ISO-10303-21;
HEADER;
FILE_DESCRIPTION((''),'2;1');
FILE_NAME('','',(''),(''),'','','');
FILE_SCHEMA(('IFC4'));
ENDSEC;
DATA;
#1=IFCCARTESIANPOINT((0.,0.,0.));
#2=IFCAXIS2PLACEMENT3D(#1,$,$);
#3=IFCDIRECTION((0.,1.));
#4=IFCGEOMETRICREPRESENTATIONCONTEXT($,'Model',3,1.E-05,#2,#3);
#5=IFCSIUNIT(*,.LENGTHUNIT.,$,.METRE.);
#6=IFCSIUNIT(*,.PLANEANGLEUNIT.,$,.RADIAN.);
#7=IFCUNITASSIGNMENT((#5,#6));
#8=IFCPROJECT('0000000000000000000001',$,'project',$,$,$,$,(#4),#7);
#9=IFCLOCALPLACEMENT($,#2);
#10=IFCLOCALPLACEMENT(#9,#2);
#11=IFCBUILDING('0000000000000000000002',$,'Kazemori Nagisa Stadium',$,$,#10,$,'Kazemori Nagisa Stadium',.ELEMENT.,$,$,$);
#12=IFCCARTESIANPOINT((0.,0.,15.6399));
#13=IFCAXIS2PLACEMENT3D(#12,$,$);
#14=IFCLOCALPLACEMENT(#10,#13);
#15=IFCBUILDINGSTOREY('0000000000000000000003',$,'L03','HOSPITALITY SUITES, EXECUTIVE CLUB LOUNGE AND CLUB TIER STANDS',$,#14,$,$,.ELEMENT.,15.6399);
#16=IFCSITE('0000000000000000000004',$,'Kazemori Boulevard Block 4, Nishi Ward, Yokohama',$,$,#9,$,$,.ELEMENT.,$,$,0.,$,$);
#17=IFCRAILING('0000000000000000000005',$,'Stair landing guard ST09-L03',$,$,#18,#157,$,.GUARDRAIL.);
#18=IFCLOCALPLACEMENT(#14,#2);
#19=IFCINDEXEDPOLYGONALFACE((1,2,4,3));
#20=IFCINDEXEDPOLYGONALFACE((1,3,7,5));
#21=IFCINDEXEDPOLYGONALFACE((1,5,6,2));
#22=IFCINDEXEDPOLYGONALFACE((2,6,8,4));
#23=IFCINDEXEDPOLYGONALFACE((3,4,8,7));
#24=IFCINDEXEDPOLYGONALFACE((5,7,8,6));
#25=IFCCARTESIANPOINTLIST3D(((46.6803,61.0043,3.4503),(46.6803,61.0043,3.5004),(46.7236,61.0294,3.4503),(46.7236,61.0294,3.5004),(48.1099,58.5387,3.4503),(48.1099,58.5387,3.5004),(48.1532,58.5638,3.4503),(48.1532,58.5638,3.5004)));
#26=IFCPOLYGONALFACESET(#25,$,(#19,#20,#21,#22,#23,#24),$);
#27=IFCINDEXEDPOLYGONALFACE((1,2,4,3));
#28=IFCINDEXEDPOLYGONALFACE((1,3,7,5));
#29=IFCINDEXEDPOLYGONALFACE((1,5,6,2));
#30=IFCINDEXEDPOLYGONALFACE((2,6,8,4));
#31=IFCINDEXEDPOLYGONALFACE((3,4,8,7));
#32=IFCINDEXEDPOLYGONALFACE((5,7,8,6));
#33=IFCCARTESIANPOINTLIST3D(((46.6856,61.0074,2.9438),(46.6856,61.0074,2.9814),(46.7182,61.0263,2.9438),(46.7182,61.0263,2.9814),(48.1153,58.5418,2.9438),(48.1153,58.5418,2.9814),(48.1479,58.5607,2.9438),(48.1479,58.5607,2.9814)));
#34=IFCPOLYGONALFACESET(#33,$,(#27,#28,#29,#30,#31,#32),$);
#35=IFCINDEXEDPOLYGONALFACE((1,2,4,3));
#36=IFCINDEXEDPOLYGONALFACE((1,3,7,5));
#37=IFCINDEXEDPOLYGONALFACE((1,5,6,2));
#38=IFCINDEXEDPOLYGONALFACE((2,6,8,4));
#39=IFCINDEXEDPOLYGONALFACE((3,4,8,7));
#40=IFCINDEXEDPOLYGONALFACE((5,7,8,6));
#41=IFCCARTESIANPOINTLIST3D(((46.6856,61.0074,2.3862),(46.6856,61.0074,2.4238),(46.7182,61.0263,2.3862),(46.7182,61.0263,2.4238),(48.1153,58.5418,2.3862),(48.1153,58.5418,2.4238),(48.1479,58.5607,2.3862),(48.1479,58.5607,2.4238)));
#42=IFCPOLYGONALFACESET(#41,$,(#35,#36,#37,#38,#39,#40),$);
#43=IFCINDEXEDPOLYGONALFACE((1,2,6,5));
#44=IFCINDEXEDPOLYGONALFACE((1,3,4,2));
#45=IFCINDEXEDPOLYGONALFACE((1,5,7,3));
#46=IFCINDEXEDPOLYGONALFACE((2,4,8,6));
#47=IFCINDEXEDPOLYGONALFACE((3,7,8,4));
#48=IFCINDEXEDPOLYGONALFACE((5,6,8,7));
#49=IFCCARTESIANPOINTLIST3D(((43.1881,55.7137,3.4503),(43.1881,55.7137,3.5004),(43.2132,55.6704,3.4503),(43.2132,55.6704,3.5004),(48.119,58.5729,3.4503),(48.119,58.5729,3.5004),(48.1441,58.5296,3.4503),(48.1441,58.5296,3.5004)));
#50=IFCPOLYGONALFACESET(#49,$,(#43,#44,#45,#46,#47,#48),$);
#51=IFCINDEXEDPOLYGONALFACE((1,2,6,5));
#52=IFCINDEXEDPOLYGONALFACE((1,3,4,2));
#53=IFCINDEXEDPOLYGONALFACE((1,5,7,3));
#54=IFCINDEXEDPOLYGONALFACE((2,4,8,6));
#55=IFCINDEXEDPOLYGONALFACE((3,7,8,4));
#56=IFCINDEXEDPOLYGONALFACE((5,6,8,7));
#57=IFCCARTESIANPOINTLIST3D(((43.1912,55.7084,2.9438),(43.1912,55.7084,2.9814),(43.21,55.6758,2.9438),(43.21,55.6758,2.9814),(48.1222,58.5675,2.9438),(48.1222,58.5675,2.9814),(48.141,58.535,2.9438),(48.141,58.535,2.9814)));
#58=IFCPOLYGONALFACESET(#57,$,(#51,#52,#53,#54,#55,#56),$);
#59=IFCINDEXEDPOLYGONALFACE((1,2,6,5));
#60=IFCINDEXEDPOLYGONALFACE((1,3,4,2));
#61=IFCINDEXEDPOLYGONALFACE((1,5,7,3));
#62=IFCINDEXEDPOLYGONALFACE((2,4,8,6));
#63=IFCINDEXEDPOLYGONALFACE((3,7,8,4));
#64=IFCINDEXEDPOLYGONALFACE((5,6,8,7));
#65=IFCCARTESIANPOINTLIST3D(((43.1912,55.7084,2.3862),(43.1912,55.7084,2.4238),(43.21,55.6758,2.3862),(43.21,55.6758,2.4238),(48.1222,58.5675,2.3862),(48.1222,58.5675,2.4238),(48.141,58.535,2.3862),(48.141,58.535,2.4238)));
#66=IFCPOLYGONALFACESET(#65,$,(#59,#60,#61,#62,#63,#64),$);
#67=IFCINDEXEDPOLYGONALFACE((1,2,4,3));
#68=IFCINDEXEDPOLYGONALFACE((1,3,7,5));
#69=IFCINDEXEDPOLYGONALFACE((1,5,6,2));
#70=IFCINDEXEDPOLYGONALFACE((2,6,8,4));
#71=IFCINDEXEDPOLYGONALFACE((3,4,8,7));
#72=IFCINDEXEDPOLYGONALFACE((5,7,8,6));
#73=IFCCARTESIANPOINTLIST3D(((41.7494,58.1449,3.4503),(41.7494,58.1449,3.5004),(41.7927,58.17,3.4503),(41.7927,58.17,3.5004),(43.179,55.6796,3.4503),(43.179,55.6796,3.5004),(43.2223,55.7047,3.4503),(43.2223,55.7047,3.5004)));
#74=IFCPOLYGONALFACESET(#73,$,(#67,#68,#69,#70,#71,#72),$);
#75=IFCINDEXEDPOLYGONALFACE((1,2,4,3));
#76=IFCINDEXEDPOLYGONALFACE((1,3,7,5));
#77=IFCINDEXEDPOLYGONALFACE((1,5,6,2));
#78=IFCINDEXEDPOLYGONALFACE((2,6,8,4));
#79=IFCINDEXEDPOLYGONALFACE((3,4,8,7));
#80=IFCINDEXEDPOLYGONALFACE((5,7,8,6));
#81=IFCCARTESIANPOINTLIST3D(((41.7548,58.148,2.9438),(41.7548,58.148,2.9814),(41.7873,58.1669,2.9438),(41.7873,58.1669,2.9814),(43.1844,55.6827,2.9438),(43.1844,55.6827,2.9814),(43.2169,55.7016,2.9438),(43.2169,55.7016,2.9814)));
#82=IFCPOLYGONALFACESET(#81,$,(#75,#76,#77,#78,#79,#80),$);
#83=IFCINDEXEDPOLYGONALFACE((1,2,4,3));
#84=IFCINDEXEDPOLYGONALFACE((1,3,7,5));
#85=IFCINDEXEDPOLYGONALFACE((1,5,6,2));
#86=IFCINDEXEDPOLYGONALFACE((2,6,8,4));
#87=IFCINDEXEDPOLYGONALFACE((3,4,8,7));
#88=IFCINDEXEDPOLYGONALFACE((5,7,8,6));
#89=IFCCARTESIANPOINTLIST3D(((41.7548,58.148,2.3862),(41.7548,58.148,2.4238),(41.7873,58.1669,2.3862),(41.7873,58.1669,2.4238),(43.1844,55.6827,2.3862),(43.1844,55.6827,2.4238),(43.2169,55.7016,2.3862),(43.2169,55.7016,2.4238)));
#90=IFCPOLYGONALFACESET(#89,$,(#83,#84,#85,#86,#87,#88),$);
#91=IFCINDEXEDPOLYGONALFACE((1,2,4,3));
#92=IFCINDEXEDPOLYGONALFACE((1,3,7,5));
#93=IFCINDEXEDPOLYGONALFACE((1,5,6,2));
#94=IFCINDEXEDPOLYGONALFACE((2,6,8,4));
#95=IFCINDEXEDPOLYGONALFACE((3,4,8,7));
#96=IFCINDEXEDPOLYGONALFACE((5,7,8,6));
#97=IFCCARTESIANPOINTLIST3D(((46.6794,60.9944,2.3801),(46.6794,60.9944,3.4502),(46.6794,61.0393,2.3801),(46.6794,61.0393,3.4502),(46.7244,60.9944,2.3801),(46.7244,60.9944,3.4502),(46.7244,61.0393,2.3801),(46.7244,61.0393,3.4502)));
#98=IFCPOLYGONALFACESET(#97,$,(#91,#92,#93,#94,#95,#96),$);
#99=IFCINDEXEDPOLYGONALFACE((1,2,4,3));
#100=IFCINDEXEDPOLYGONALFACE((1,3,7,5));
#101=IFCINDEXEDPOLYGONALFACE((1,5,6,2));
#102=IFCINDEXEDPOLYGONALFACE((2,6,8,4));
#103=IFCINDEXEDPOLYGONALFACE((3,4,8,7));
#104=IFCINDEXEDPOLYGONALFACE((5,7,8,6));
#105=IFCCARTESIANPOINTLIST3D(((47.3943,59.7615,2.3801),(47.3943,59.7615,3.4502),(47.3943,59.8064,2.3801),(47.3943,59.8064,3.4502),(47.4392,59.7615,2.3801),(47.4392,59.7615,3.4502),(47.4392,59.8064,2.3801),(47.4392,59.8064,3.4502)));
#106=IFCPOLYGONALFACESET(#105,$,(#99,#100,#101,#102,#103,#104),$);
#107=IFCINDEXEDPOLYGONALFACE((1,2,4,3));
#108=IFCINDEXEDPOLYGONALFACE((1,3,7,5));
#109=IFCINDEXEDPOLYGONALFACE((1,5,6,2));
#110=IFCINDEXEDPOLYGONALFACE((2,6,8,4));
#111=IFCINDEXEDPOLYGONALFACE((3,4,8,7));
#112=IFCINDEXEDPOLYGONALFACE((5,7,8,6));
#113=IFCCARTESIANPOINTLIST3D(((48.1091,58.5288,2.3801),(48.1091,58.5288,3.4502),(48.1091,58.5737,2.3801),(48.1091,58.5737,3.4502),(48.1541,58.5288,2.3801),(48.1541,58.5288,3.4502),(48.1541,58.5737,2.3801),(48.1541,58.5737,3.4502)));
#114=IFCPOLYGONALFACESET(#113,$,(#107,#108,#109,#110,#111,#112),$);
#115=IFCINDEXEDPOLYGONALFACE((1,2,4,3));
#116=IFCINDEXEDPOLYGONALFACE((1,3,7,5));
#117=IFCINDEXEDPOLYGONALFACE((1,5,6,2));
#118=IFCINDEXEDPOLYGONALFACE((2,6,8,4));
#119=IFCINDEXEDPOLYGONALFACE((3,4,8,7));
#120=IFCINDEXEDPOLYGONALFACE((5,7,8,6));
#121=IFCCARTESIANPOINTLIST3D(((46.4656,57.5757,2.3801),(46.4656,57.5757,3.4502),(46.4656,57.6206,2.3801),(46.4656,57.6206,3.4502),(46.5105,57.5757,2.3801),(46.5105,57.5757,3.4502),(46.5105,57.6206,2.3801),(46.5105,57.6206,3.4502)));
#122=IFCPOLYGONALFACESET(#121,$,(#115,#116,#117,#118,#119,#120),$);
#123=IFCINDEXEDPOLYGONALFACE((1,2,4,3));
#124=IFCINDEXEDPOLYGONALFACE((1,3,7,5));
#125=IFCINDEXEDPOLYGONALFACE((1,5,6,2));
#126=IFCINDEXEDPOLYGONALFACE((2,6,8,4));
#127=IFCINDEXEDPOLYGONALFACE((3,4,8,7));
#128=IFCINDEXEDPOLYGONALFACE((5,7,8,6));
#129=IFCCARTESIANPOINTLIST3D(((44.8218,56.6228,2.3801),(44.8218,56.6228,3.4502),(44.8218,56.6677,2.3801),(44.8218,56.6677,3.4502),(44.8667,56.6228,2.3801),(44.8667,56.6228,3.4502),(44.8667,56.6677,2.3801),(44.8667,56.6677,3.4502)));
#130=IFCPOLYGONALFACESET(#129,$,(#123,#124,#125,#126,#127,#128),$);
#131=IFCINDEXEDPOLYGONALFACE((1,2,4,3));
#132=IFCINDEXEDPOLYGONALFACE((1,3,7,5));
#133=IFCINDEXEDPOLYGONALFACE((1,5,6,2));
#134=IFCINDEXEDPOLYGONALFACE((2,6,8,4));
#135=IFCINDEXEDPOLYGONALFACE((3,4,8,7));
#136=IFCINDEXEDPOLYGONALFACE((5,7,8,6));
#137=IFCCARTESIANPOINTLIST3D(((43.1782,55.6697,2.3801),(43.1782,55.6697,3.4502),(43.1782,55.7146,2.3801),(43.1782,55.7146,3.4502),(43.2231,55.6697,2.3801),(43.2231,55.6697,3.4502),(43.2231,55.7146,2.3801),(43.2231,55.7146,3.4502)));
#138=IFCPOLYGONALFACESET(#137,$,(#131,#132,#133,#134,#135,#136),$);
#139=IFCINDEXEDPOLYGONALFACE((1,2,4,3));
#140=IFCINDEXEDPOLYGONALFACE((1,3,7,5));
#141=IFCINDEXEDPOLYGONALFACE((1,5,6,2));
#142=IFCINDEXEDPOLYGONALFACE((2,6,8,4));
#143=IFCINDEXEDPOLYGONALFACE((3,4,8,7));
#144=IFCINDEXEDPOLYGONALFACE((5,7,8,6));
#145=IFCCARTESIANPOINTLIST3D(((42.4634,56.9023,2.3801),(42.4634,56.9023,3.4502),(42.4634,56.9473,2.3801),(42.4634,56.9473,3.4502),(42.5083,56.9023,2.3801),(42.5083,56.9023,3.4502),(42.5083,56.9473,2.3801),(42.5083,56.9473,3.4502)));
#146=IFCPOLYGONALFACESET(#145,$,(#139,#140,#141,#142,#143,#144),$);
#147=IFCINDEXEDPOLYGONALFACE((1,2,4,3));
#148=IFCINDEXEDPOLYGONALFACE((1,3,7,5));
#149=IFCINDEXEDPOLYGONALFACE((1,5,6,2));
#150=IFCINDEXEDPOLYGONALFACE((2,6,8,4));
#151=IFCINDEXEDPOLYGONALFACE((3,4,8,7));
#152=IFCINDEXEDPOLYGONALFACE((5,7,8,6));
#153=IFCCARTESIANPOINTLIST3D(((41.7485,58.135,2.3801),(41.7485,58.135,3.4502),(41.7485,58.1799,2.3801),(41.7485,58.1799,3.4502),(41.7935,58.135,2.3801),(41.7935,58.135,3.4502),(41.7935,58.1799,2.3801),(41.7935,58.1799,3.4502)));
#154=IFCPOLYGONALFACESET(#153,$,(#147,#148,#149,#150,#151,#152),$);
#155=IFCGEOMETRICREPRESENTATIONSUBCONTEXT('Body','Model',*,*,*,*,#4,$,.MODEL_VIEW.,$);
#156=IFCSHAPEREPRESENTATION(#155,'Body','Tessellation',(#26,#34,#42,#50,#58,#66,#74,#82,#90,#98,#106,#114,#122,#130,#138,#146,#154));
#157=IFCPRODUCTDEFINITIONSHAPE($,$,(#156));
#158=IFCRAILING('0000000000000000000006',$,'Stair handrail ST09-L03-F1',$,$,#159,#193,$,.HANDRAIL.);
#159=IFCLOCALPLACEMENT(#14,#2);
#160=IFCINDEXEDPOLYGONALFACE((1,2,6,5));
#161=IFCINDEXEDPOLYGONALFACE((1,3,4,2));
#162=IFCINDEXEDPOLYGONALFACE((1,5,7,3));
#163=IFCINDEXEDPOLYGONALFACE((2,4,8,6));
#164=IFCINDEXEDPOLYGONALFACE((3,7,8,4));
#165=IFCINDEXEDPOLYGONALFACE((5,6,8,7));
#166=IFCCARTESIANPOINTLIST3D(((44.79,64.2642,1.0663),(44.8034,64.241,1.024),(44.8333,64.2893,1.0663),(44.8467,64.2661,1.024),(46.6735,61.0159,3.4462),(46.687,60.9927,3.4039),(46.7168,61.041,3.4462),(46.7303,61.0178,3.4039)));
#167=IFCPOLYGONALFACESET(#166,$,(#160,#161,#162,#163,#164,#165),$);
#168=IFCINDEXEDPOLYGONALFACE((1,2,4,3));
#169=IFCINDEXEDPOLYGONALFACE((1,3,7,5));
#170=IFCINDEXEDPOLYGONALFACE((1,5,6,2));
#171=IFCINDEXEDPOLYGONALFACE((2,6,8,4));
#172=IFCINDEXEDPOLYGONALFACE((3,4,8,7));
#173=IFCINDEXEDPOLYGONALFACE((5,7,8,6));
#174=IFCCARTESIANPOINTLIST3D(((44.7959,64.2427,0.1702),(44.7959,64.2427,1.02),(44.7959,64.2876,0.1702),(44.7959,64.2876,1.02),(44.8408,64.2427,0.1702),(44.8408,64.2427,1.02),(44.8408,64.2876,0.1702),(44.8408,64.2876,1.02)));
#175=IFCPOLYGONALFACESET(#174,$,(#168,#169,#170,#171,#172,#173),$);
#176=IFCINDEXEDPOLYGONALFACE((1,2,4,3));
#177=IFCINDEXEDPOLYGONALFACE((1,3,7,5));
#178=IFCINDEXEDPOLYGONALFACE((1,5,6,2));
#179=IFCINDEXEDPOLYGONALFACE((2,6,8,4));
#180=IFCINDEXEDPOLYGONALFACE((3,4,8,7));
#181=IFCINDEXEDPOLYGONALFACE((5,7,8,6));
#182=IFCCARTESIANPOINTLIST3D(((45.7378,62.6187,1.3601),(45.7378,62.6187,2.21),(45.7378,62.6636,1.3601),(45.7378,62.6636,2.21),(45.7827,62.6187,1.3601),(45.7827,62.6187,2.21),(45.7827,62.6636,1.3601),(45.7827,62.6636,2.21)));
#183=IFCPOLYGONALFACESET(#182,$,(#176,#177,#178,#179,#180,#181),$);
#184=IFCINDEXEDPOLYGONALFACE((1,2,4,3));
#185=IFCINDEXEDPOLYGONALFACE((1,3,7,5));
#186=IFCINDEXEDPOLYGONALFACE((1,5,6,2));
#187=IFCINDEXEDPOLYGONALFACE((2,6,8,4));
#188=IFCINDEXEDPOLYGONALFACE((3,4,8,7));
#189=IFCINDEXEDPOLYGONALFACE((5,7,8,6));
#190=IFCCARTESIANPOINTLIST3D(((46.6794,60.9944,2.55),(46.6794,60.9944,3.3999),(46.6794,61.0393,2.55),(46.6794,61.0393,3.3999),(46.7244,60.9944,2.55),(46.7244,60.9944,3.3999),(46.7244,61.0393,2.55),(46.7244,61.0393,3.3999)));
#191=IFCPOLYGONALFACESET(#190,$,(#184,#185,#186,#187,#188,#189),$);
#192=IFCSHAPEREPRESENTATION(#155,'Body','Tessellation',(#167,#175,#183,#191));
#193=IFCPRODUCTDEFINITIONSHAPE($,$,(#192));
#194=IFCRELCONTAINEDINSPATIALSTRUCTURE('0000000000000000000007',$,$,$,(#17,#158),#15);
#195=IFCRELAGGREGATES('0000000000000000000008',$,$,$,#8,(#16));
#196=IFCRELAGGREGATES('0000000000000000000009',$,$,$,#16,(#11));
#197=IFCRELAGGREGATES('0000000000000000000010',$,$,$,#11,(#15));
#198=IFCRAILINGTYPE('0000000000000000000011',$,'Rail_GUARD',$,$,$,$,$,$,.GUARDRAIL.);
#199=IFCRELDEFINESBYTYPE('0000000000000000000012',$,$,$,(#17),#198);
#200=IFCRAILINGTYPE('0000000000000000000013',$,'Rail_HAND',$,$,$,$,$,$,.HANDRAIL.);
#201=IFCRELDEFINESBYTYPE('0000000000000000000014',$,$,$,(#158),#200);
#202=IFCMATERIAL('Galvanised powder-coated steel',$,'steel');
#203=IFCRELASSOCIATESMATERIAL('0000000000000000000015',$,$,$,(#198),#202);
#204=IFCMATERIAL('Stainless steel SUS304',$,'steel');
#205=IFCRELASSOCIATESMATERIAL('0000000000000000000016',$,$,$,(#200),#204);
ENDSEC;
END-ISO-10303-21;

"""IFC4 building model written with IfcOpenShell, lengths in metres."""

from ifc_helpers import new_model, si_unit, direction, frame, origin, origin_2d, place, context, subcontext, project, spatial, rectangle, extrude, material, type_object, element, save


model = new_model("IFC4")

# Units and contexts
model_context = context("Model", 3, precision=1e-05, world=origin(), true_north=direction((0.0, 1.0)))
body_context = subcontext(model_context, "Body", "Model", "MODEL_VIEW")
ifc_project = project(units=[si_unit("LENGTHUNIT", "METRE"), si_unit("PLANEANGLEUNIT", "RADIAN")], contexts=[model_context])

# Site, building, storey
site_placement = place(None, origin())
site = spatial("IfcSite", under=ifc_project, at=site_placement, Name="Kazemori Boulevard Block 4, Nishi Ward, Yokohama", CompositionType="ELEMENT", RefElevation=0.0)
building_placement = place(site_placement, origin())
building = spatial("IfcBuilding", under=site, at=building_placement, Name="Kazemori Nagisa Stadium", LongName="Kazemori Nagisa Stadium", CompositionType="ELEMENT")
storey_placement = place(building_placement, frame((0.0, 0.0, 15.6399)))
storey = spatial("IfcBuildingStorey", under=building, at=storey_placement, Name="L03", Description="HOSPITALITY SUITES, EXECUTIVE CLUB LOUNGE AND CLUB TIER STANDS", CompositionType="ELEMENT", Elevation=15.6399)

# Shared definitions
ifc_material_1 = material(Name="Stainless steel SUS304", Category="steel")

# Railings
ifc_material_2 = material(Name="Galvanised powder-coated steel", Category="steel")
railing_type_1 = type_object("IfcRailingType", Name="Rail_GUARD", PredefinedType="GUARDRAIL", material=ifc_material_2)
railing_1_placement = place(storey_placement, frame((46.7019, 61.0168, 2.3801)))
element("IfcRailing", 1, at=railing_1_placement, inside=storey, type_object=railing_type_1, Name="Stair landing guard ST09-L03", PredefinedType="GUARDRAIL", context=body_context, shape_type="SweptSolid", body=[
    extrude(rectangle(XDim=0.05, YDim=0.05, at=origin_2d()), frame((0.0, 0.0, 1.0952), z_axis=(0.501627, -0.865084, 0.0), x_axis=(0.865084, 0.501627, 0.0)), (0.0, 0.0, 1.0), 2.8501),
    extrude(rectangle(XDim=0.0376, YDim=0.0376, at=origin_2d()), frame((0.0, 0.0, 0.5825), z_axis=(0.501627, -0.865084, 0.0), x_axis=(0.865084, 0.501627, 0.0)), (0.0, 0.0, 1.0), 2.8501),
    extrude(rectangle(XDim=0.0376, YDim=0.0376, at=origin_2d()), frame((0.0, 0.0, 0.0249), z_axis=(0.501627, -0.865084, 0.0), x_axis=(0.865084, 0.501627, 0.0)), (0.0, 0.0, 1.0), 2.8501),
    extrude(rectangle(XDim=0.05, YDim=0.05, at=origin_2d()), frame((1.4297, -2.4656, 1.0952), z_axis=(-0.865092, -0.501614, 0.0), x_axis=(0.501614, -0.865092, 0.0)), (0.0, 0.0, 1.0), 5.7),
    extrude(rectangle(XDim=0.0376, YDim=0.0376, at=origin_2d()), frame((1.4297, -2.4656, 0.5825), z_axis=(-0.865092, -0.501614, 0.0), x_axis=(0.501614, -0.865092, 0.0)), (0.0, 0.0, 1.0), 5.7),
    extrude(rectangle(XDim=0.0376, YDim=0.0376, at=origin_2d()), frame((1.4297, -2.4656, 0.0249), z_axis=(-0.865092, -0.501614, 0.0), x_axis=(0.501614, -0.865092, 0.0)), (0.0, 0.0, 1.0), 5.7),
    extrude(rectangle(XDim=0.05, YDim=0.05, at=origin_2d()), frame((-3.5012, -5.3247, 1.0952), z_axis=(-0.501664, 0.865062, 0.0), x_axis=(-0.865062, -0.501664, 0.0)), (0.0, 0.0, 1.0), 2.8499),
    extrude(rectangle(XDim=0.0376, YDim=0.0376, at=origin_2d()), frame((-3.5012, -5.3247, 0.5825), z_axis=(-0.501664, 0.865062, 0.0), x_axis=(-0.865062, -0.501664, 0.0)), (0.0, 0.0, 1.0), 2.8499),
    extrude(rectangle(XDim=0.0376, YDim=0.0376, at=origin_2d()), frame((-3.5012, -5.3247, 0.0249), z_axis=(-0.501664, 0.865062, 0.0), x_axis=(-0.865062, -0.501664, 0.0)), (0.0, 0.0, 1.0), 2.8499),
    extrude(rectangle(XDim=0.0449, YDim=0.0449, at=origin_2d()), origin(), (0.0, 0.0, 1.0), 1.0701),
    extrude(rectangle(XDim=0.0449, YDim=0.0449, at=origin_2d()), frame((0.7148, -1.2329, 0.0)), (0.0, 0.0, 1.0), 1.0701),
    extrude(rectangle(XDim=0.0449, YDim=0.0449, at=origin_2d()), frame((1.4297, -2.4656, 0.0)), (0.0, 0.0, 1.0), 1.0701),
    extrude(rectangle(XDim=0.0449, YDim=0.0449, at=origin_2d()), frame((-0.2139, -3.4187, 0.0)), (0.0, 0.0, 1.0), 1.0701),
    extrude(rectangle(XDim=0.0449, YDim=0.0449, at=origin_2d()), frame((-1.8577, -4.3716, 0.0)), (0.0, 0.0, 1.0), 1.0701),
    extrude(rectangle(XDim=0.0449, YDim=0.0449, at=origin_2d()), frame((-3.5012, -5.3247, 0.0)), (0.0, 0.0, 1.0), 1.0701),
    extrude(rectangle(XDim=0.0449, YDim=0.0449, at=origin_2d()), frame((-4.2161, -4.092, 0.0)), (0.0, 0.0, 1.0), 1.0701),
    extrude(rectangle(XDim=0.0449, YDim=0.0449, at=origin_2d()), frame((-4.9309, -2.8594, 0.0)), (0.0, 0.0, 1.0), 1.0701),
])
railing_type_2 = type_object("IfcRailingType", Name="Rail_HAND", PredefinedType="HANDRAIL", material=ifc_material_1)
railing_2_placement = place(storey_placement, frame((44.8184, 64.2651, 0.1702)))
element("IfcRailing", 2, at=railing_2_placement, inside=storey, type_object=railing_type_2, Name="Stair handrail ST09-L03-F1", PredefinedType="HANDRAIL", context=body_context, shape_type="SweptSolid", body=[
    extrude(rectangle(XDim=0.05, YDim=0.05, at=origin_2d()), frame((0.0, 0.0, 0.875), z_axis=(0.423692, -0.730683, 0.53534), x_axis=(0.865085, 0.501626, 0.0)), (0.0, 0.0, 1.0), 4.4456),
    extrude(rectangle(XDim=0.0449, YDim=0.0449, at=origin_2d()), origin(), (0.0, 0.0, 1.0), 0.8499),
    extrude(rectangle(XDim=0.0449, YDim=0.0449, at=origin_2d()), frame((0.9419, -1.624, 1.1899)), (0.0, 0.0, 1.0), 0.8499),
    extrude(rectangle(XDim=0.0449, YDim=0.0449, at=origin_2d()), frame((1.8835, -3.2483, 2.3799)), (0.0, 0.0, 1.0), 0.8499),
])

save(model, "model.ifc")
